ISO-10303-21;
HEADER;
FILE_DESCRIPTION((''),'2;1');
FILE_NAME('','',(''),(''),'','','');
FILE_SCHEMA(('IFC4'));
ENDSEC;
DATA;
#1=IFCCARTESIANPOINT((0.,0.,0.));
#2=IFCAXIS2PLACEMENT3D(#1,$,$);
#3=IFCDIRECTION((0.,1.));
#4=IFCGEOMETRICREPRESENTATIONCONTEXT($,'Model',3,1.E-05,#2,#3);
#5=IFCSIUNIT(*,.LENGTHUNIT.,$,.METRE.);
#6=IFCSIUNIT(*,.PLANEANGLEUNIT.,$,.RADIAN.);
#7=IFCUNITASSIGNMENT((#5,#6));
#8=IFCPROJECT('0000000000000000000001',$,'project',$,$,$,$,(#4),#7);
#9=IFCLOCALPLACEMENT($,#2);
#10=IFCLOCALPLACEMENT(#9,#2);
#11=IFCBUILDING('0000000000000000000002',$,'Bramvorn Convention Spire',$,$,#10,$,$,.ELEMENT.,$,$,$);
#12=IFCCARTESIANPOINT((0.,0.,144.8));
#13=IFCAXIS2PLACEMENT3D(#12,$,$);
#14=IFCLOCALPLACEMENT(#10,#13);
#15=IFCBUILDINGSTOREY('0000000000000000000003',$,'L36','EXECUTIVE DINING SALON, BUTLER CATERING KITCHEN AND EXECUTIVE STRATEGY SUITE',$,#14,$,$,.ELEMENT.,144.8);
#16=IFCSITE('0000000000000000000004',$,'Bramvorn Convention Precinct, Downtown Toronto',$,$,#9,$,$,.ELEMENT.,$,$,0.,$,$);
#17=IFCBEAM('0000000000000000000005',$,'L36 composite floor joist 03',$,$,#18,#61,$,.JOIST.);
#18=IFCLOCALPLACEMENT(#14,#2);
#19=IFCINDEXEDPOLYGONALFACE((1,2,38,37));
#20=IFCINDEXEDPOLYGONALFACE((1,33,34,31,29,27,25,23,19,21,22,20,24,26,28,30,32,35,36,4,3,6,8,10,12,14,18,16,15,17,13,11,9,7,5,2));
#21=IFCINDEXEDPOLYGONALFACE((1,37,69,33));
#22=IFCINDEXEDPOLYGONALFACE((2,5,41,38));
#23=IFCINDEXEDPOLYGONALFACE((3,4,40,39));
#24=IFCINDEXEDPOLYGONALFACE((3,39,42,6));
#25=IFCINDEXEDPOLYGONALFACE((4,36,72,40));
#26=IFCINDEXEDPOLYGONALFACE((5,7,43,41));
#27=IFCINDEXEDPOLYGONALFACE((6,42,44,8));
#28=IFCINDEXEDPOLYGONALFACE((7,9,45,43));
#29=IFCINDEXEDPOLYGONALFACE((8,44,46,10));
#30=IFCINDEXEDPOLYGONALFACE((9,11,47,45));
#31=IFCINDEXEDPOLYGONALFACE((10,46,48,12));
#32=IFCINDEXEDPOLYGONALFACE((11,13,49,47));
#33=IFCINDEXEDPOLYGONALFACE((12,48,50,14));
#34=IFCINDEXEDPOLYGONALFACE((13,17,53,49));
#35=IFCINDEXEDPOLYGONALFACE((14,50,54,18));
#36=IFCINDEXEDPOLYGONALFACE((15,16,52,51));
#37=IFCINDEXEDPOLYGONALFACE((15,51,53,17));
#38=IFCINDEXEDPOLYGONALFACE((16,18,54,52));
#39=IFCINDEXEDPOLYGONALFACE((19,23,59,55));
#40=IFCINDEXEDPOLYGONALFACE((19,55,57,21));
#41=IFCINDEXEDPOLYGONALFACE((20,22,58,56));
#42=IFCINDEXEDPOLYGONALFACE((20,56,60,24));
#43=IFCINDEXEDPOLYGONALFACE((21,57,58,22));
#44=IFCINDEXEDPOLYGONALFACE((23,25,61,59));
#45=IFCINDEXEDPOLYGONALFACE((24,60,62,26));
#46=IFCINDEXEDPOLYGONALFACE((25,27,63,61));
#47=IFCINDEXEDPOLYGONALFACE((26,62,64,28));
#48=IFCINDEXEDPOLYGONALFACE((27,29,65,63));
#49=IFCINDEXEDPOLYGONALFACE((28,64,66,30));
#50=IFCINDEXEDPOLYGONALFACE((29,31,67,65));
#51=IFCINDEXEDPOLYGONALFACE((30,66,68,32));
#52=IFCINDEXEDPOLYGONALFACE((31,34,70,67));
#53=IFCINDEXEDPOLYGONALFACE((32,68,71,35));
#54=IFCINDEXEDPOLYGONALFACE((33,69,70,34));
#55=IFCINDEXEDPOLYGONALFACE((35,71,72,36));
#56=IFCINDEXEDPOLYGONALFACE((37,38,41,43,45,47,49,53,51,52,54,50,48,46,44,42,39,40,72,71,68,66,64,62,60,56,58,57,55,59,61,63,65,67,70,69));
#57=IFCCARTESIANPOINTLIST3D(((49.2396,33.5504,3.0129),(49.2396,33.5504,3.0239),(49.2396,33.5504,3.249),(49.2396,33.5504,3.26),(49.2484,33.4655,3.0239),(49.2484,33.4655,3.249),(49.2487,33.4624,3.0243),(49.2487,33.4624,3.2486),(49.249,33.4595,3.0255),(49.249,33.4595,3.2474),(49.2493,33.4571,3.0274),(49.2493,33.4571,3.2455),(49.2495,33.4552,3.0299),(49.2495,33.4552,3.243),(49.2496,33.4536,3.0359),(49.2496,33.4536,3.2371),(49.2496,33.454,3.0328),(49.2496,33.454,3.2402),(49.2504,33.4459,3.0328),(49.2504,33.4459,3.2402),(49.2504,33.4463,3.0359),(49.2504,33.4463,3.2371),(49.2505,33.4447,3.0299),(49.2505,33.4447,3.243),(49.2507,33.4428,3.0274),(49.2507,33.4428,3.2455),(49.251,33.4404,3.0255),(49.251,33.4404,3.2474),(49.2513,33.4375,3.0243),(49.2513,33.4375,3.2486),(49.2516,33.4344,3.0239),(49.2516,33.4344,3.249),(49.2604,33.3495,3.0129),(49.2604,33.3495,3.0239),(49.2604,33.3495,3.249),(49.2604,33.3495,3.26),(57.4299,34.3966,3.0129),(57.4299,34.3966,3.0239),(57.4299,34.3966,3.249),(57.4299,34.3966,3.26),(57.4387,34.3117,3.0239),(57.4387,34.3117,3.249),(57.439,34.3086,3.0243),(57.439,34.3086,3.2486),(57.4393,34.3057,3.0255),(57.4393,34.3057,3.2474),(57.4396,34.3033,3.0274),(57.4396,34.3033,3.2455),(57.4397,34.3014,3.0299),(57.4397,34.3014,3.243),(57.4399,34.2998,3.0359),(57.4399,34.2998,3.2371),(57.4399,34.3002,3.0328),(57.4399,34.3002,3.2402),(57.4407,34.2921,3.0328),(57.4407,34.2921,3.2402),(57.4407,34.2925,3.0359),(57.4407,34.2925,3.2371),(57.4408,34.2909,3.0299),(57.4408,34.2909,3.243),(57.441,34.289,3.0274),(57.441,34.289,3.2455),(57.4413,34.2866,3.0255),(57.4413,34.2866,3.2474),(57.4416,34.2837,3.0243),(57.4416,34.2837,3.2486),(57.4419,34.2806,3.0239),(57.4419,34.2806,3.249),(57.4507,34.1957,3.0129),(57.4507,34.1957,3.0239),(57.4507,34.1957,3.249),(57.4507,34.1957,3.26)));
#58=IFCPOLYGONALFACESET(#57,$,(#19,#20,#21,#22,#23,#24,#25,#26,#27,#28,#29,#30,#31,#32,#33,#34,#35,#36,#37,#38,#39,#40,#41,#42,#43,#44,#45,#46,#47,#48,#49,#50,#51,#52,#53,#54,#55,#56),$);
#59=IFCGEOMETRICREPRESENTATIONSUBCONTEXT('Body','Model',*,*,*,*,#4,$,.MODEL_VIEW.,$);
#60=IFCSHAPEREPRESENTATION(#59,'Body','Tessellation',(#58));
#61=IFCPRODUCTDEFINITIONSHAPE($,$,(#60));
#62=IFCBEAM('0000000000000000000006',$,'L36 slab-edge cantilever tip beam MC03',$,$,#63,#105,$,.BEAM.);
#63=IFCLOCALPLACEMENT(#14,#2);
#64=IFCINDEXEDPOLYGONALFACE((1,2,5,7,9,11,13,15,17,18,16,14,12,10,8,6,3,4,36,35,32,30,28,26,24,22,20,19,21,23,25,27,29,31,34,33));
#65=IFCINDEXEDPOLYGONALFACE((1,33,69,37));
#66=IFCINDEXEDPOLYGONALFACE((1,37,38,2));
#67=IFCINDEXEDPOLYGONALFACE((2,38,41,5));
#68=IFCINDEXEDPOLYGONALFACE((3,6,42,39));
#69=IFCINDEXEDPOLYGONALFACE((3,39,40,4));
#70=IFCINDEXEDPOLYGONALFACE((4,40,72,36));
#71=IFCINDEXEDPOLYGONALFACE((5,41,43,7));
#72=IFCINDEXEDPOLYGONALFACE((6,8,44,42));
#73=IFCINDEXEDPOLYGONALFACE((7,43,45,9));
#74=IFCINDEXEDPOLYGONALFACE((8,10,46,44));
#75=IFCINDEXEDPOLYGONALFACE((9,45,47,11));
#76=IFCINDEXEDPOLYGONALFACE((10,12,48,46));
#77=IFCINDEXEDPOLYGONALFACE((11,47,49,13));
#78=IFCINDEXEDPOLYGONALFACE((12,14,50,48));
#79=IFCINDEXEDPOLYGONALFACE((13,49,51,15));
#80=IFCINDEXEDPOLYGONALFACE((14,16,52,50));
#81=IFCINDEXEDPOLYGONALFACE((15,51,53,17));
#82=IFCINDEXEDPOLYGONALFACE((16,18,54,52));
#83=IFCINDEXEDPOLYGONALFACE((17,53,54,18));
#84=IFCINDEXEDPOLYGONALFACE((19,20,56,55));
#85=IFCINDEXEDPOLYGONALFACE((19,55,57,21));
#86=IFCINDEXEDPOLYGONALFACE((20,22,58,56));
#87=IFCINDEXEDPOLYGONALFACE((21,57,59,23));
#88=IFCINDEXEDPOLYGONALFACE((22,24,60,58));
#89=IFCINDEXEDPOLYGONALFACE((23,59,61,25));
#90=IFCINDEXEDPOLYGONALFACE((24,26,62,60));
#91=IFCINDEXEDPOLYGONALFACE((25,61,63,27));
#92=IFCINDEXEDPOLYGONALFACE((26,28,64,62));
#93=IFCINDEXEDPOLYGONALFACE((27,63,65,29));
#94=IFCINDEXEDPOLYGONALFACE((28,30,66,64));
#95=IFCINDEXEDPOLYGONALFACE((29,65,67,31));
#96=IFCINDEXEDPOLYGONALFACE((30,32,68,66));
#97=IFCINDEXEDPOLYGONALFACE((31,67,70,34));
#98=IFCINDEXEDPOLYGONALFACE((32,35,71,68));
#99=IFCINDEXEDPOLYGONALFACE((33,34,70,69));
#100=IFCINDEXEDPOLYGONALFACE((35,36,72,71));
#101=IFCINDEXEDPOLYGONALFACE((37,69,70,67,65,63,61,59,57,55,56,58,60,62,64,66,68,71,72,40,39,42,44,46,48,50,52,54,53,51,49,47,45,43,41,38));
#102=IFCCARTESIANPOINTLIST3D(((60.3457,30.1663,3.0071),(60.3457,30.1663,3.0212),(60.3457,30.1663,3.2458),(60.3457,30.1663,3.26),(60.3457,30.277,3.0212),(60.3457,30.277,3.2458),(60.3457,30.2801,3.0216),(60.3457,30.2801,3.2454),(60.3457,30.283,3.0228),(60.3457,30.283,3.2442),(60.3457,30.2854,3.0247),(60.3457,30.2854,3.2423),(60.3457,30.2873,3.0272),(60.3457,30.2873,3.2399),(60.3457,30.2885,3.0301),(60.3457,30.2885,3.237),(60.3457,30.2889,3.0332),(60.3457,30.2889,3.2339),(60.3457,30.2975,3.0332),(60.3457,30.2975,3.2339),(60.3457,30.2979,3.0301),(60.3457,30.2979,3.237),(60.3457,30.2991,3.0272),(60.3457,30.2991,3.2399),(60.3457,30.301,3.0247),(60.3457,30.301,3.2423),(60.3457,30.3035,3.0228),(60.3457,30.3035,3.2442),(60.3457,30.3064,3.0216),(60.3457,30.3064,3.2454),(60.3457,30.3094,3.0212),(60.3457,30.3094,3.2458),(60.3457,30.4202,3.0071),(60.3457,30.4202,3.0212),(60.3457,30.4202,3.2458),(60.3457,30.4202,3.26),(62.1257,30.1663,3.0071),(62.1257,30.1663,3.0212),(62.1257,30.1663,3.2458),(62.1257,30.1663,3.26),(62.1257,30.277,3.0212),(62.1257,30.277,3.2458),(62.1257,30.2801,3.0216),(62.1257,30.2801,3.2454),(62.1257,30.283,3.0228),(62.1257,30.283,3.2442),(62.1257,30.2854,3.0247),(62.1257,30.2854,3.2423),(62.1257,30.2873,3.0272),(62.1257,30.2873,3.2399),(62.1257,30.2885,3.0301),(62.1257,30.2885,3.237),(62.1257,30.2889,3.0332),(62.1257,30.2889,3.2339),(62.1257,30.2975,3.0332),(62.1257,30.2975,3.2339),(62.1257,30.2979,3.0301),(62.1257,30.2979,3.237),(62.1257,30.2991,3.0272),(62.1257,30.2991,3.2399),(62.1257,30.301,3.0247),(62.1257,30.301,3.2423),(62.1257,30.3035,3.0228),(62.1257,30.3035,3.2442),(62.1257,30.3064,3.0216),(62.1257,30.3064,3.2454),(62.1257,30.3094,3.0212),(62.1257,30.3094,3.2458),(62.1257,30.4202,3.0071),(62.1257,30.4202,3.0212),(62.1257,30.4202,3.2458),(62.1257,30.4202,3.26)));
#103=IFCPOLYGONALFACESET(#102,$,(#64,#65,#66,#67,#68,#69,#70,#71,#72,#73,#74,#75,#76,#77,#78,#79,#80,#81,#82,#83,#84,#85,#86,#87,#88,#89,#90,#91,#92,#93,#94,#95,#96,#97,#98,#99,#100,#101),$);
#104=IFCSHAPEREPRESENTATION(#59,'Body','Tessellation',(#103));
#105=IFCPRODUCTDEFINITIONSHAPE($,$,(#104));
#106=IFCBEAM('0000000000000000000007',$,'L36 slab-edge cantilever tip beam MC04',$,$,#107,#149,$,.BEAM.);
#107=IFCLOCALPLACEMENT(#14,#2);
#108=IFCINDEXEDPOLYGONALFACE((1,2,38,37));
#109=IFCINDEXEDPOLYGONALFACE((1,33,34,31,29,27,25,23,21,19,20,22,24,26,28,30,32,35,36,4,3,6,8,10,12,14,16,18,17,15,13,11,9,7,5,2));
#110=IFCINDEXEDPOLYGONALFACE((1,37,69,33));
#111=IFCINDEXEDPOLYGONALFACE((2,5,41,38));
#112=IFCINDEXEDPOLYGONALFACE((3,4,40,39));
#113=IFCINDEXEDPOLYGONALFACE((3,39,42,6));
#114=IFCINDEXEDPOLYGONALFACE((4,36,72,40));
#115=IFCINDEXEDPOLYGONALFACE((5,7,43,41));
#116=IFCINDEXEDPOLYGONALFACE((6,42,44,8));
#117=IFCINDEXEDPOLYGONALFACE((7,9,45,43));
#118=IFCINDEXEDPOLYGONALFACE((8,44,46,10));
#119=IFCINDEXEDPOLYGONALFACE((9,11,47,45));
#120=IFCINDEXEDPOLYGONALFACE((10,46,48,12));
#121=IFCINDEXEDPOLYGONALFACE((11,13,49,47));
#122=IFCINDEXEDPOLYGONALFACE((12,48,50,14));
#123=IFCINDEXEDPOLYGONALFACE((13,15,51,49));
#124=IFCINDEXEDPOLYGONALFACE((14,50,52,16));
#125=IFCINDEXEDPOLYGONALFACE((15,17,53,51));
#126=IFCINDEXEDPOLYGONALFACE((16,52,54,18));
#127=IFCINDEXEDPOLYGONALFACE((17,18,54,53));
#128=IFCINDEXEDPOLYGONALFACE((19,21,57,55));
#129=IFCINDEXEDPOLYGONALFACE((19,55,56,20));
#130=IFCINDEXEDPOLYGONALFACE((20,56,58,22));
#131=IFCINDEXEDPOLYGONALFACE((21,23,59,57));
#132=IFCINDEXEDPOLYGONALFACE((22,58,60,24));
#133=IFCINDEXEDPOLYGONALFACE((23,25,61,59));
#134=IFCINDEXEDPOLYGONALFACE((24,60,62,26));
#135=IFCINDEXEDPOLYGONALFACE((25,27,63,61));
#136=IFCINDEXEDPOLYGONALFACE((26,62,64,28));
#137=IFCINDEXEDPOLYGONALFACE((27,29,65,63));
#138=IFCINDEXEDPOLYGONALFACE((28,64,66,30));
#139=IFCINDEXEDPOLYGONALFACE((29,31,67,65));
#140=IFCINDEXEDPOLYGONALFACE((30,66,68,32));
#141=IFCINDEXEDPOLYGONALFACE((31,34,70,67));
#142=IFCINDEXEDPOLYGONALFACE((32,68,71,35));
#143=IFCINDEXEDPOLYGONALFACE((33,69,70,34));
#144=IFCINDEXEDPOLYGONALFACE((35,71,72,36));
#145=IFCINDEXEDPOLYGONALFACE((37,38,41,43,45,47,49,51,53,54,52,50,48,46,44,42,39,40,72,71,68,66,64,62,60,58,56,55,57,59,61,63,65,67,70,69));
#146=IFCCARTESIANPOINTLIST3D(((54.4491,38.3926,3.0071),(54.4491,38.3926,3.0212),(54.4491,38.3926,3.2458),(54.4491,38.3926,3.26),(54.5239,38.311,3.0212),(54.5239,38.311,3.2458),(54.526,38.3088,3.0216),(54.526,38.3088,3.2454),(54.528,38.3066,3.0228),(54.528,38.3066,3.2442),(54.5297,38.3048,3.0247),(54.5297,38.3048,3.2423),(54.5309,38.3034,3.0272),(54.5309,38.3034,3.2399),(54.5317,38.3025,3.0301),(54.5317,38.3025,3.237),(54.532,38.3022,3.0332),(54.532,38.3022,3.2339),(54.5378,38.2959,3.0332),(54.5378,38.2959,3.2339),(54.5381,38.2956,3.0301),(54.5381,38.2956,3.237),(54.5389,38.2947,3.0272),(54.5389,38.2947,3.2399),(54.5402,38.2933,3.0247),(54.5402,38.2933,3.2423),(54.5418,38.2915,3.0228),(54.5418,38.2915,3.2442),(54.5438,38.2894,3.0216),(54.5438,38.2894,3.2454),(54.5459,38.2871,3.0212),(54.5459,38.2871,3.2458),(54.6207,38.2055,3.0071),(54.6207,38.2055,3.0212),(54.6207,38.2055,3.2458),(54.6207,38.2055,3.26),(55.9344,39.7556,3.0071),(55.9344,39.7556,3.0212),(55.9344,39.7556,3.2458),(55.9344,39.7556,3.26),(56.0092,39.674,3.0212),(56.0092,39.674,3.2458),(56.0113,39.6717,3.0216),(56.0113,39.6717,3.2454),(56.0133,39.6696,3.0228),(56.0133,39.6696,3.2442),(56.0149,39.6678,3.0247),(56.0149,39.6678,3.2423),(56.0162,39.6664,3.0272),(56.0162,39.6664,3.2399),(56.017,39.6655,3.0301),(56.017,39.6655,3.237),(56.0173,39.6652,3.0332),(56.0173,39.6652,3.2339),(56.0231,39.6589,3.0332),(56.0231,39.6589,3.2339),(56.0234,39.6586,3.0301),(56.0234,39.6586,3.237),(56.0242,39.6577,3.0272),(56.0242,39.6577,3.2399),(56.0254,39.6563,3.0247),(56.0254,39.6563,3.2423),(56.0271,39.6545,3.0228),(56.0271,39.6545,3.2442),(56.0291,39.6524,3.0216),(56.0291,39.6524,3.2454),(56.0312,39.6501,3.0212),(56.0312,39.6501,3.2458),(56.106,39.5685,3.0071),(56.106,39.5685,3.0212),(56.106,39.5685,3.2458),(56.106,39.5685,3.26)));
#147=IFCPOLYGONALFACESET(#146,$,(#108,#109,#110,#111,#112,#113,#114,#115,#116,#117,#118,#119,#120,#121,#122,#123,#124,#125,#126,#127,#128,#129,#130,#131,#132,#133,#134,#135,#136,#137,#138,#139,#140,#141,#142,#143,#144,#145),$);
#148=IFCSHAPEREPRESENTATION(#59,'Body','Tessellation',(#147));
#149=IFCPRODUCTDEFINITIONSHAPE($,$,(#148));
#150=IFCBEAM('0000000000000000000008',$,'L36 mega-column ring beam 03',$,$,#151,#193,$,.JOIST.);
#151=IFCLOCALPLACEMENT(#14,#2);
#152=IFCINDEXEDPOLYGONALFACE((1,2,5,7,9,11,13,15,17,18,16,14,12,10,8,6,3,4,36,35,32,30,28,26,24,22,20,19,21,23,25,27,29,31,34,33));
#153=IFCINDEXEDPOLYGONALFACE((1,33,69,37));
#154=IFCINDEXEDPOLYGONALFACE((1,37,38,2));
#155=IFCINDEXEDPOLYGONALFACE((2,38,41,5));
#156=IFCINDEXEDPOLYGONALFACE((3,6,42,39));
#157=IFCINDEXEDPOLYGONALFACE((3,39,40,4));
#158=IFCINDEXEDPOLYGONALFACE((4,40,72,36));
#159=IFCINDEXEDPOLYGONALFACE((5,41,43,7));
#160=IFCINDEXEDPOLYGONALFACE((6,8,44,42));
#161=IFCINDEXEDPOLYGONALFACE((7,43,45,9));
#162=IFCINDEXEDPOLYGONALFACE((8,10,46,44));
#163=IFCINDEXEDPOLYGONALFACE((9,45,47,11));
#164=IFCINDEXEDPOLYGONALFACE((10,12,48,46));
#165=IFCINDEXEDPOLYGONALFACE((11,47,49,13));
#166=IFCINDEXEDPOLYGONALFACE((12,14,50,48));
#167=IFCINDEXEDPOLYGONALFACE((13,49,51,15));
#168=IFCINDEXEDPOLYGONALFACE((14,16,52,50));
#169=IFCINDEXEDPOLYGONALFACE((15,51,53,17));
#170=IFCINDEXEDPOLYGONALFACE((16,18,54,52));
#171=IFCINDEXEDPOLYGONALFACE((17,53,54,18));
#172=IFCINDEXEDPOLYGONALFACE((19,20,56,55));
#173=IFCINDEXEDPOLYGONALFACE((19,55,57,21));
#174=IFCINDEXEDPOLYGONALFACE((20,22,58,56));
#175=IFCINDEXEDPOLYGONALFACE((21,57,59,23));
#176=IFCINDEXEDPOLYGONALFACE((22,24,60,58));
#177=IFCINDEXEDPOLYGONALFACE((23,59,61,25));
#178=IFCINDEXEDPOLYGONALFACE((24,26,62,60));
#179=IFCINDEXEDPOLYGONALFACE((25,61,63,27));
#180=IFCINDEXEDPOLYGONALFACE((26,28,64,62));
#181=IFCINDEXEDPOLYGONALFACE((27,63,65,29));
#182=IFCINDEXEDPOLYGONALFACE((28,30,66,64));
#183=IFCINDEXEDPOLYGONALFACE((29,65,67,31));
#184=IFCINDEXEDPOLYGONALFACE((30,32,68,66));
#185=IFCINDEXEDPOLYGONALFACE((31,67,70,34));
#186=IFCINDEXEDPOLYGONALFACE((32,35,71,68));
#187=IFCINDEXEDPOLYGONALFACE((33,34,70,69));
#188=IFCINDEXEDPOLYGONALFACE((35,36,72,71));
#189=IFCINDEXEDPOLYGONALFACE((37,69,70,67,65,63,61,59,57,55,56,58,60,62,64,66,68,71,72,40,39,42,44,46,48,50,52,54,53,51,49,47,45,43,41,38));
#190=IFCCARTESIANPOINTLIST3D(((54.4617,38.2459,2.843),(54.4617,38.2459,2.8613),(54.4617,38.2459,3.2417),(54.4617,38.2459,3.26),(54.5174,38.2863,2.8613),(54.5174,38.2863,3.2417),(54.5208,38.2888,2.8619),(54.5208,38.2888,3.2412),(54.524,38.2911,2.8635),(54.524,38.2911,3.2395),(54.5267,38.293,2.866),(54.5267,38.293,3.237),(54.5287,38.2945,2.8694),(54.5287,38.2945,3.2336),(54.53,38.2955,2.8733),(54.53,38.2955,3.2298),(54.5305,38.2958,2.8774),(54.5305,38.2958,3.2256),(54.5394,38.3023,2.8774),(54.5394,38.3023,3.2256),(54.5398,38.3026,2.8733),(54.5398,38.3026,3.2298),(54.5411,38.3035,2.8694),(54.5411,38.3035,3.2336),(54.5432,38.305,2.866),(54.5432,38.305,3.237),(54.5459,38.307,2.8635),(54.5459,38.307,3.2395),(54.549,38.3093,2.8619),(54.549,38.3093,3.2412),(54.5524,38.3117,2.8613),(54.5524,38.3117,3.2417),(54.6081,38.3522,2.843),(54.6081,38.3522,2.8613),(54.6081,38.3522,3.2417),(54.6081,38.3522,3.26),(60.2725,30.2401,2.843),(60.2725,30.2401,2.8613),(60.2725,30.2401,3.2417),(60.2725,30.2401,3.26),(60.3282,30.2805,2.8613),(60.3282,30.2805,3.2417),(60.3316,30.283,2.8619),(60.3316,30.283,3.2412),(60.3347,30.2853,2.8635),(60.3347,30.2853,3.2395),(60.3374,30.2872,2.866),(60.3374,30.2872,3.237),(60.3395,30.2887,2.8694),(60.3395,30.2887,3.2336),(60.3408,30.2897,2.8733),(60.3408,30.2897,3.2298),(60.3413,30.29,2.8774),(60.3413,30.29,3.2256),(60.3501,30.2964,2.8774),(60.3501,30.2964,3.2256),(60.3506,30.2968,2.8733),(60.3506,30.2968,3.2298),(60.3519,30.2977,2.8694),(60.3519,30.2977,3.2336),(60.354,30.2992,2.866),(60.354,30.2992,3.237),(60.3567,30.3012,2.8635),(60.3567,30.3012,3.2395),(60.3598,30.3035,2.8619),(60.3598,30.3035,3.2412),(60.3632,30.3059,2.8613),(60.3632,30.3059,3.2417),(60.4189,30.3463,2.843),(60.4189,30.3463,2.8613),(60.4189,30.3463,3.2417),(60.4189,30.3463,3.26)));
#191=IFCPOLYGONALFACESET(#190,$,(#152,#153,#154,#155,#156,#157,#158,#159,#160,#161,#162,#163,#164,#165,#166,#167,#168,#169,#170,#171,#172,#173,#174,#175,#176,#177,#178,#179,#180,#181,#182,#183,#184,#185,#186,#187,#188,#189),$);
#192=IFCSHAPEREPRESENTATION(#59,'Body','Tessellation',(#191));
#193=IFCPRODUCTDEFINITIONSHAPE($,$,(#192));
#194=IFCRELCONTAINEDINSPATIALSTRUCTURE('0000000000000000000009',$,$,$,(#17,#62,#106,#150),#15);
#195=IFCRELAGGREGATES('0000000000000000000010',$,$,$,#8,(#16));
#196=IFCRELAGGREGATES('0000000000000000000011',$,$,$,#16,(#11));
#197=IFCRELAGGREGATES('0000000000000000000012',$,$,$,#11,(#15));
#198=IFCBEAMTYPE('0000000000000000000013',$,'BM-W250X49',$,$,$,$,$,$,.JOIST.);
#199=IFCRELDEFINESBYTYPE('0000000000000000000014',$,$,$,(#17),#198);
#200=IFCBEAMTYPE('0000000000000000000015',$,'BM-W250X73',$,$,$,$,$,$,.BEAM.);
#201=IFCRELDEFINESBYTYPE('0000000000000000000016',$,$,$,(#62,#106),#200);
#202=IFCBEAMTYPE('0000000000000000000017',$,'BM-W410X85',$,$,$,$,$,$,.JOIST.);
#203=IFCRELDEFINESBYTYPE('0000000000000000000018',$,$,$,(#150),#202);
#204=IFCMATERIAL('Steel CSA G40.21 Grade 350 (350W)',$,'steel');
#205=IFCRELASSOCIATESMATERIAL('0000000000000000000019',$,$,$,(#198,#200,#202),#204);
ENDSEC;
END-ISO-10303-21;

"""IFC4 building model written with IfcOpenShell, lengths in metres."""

from ifc_helpers import new_model, si_unit, direction, frame, origin, origin_2d, place, context, subcontext, project, spatial, i_section, extrude, material, material_profile, profile_set, type_object, element, save


model = new_model("IFC4")

# Units and contexts
model_context = context("Model", 3, precision=1e-05, world=origin(), true_north=direction((0.0, 1.0)))
body_context = subcontext(model_context, "Body", "Model", "MODEL_VIEW")
ifc_project = project(units=[si_unit("LENGTHUNIT", "METRE"), si_unit("PLANEANGLEUNIT", "RADIAN")], contexts=[model_context])

# Site, building, storey
site_placement = place(None, origin())
site = spatial("IfcSite", under=ifc_project, at=site_placement, Name="Bramvorn Convention Precinct, Downtown Toronto", CompositionType="ELEMENT", RefElevation=0.0)
building_placement = place(site_placement, origin())
building = spatial("IfcBuilding", under=site, at=building_placement, Name="Bramvorn Convention Spire", CompositionType="ELEMENT")
storey_placement = place(building_placement, frame((0.0, 0.0, 144.8)))
storey = spatial("IfcBuildingStorey", under=building, at=storey_placement, Name="L36", Description="EXECUTIVE DINING SALON, BUTLER CATERING KITCHEN AND EXECUTIVE STRATEGY SUITE", CompositionType="ELEMENT", Elevation=144.8)

# Shared definitions
ifc_material_1 = material(Name="Steel CSA G40.21 Grade 350 (350W)", Category="steel")

# Beams
ifc_material_profile_1 = material_profile(ifc_material_1, i_section(OverallWidth=0.2019, OverallDepth=0.2471, WebThickness=0.0073, FlangeThickness=0.011, FilletRadius=0.012, at=origin_2d()))
ifc_profile_set_1 = profile_set([ifc_material_profile_1], Name="Steel CSA G40.21 Grade 350 (350W) - W250X49")
beam_type_1 = type_object("IfcBeamType", Name="BM-W250X49", PredefinedType="JOIST", material=ifc_profile_set_1)
beam_1_placement = place(storey_placement, frame((49.25, 33.45, 3.1365), z_axis=(0.994705, 0.102771, 0.0), x_axis=(-0.102771, 0.994705, 0.0)))
element("IfcBeam", 1, at=beam_1_placement, inside=storey, type_object=beam_type_1, Name="L36 composite floor joist 03", PredefinedType="JOIST", context=body_context, shape_type="SweptSolid", body=[
    extrude(i_section(OverallWidth=0.2019, OverallDepth=0.2471, WebThickness=0.0073, FlangeThickness=0.011, FilletRadius=0.012, at=origin_2d()), origin(), (0.0, 0.0, 1.0), 8.2339),
])
ifc_material_profile_2 = material_profile(ifc_material_1, i_section(OverallWidth=0.2539, OverallDepth=0.2529, WebThickness=0.0085, FlangeThickness=0.0142, FilletRadius=0.012, at=origin_2d()))
ifc_profile_set_2 = profile_set([ifc_material_profile_2], Name="Steel CSA G40.21 Grade 350 (350W) - W250X73")
beam_type_2 = type_object("IfcBeamType", Name="BM-W250X73", PredefinedType="BEAM", material=ifc_profile_set_2)
beam_2_placement = place(storey_placement, frame((60.3457, 30.2932, 3.1335), z_axis=(1.0, 0.0, 0.0), x_axis=(0.0, 1.0, 0.0)))
element("IfcBeam", 2, at=beam_2_placement, inside=storey, type_object=beam_type_2, Name="L36 slab-edge cantilever tip beam MC03", PredefinedType="BEAM", context=body_context, shape_type="SweptSolid", body=[
    extrude(i_section(OverallWidth=0.2539, OverallDepth=0.2529, WebThickness=0.0085, FlangeThickness=0.0142, FilletRadius=0.012, at=origin_2d()), origin(), (0.0, 0.0, 1.0), 1.78),
])
beam_3_placement = place(storey_placement, frame((54.5349, 38.2991, 3.1335), z_axis=(0.736792, 0.676119, 0.0), x_axis=(-0.676119, 0.736792, 0.0)))
element("IfcBeam", 3, at=beam_3_placement, inside=storey, type_object=beam_type_2, Name="L36 slab-edge cantilever tip beam MC04", PredefinedType="BEAM", context=body_context, shape_type="SweptSolid", body=[
    extrude(i_section(OverallWidth=0.2539, OverallDepth=0.2529, WebThickness=0.0085, FlangeThickness=0.0142, FilletRadius=0.012, at=origin_2d()), origin(), (0.0, 0.0, 1.0), 2.0159),
])
ifc_material_profile_3 = material_profile(ifc_material_1, i_section(OverallWidth=0.1809, OverallDepth=0.417, WebThickness=0.011, FlangeThickness=0.0183, FilletRadius=0.0161, at=origin_2d()))
ifc_profile_set_3 = profile_set([ifc_material_profile_3], Name="Steel CSA G40.21 Grade 350 (350W) - W410X85")
beam_type_3 = type_object("IfcBeamType", Name="BM-W410X85", PredefinedType="JOIST", material=ifc_profile_set_3)
beam_4_placement = place(storey_placement, frame((60.3457, 30.2932, 3.0515), z_axis=(-0.587401, 0.809296, 0.0), x_axis=(-0.809296, -0.587401, 0.0)))
element("IfcBeam", 4, at=beam_4_placement, inside=storey, type_object=beam_type_3, Name="L36 mega-column ring beam 03", PredefinedType="JOIST", context=body_context, shape_type="SweptSolid", body=[
    extrude(i_section(OverallWidth=0.1809, OverallDepth=0.417, WebThickness=0.011, FlangeThickness=0.0183, FilletRadius=0.0161, at=origin_2d()), origin(), (0.0, 0.0, 1.0), 9.8923),
])

save(model, "model.ifc")
